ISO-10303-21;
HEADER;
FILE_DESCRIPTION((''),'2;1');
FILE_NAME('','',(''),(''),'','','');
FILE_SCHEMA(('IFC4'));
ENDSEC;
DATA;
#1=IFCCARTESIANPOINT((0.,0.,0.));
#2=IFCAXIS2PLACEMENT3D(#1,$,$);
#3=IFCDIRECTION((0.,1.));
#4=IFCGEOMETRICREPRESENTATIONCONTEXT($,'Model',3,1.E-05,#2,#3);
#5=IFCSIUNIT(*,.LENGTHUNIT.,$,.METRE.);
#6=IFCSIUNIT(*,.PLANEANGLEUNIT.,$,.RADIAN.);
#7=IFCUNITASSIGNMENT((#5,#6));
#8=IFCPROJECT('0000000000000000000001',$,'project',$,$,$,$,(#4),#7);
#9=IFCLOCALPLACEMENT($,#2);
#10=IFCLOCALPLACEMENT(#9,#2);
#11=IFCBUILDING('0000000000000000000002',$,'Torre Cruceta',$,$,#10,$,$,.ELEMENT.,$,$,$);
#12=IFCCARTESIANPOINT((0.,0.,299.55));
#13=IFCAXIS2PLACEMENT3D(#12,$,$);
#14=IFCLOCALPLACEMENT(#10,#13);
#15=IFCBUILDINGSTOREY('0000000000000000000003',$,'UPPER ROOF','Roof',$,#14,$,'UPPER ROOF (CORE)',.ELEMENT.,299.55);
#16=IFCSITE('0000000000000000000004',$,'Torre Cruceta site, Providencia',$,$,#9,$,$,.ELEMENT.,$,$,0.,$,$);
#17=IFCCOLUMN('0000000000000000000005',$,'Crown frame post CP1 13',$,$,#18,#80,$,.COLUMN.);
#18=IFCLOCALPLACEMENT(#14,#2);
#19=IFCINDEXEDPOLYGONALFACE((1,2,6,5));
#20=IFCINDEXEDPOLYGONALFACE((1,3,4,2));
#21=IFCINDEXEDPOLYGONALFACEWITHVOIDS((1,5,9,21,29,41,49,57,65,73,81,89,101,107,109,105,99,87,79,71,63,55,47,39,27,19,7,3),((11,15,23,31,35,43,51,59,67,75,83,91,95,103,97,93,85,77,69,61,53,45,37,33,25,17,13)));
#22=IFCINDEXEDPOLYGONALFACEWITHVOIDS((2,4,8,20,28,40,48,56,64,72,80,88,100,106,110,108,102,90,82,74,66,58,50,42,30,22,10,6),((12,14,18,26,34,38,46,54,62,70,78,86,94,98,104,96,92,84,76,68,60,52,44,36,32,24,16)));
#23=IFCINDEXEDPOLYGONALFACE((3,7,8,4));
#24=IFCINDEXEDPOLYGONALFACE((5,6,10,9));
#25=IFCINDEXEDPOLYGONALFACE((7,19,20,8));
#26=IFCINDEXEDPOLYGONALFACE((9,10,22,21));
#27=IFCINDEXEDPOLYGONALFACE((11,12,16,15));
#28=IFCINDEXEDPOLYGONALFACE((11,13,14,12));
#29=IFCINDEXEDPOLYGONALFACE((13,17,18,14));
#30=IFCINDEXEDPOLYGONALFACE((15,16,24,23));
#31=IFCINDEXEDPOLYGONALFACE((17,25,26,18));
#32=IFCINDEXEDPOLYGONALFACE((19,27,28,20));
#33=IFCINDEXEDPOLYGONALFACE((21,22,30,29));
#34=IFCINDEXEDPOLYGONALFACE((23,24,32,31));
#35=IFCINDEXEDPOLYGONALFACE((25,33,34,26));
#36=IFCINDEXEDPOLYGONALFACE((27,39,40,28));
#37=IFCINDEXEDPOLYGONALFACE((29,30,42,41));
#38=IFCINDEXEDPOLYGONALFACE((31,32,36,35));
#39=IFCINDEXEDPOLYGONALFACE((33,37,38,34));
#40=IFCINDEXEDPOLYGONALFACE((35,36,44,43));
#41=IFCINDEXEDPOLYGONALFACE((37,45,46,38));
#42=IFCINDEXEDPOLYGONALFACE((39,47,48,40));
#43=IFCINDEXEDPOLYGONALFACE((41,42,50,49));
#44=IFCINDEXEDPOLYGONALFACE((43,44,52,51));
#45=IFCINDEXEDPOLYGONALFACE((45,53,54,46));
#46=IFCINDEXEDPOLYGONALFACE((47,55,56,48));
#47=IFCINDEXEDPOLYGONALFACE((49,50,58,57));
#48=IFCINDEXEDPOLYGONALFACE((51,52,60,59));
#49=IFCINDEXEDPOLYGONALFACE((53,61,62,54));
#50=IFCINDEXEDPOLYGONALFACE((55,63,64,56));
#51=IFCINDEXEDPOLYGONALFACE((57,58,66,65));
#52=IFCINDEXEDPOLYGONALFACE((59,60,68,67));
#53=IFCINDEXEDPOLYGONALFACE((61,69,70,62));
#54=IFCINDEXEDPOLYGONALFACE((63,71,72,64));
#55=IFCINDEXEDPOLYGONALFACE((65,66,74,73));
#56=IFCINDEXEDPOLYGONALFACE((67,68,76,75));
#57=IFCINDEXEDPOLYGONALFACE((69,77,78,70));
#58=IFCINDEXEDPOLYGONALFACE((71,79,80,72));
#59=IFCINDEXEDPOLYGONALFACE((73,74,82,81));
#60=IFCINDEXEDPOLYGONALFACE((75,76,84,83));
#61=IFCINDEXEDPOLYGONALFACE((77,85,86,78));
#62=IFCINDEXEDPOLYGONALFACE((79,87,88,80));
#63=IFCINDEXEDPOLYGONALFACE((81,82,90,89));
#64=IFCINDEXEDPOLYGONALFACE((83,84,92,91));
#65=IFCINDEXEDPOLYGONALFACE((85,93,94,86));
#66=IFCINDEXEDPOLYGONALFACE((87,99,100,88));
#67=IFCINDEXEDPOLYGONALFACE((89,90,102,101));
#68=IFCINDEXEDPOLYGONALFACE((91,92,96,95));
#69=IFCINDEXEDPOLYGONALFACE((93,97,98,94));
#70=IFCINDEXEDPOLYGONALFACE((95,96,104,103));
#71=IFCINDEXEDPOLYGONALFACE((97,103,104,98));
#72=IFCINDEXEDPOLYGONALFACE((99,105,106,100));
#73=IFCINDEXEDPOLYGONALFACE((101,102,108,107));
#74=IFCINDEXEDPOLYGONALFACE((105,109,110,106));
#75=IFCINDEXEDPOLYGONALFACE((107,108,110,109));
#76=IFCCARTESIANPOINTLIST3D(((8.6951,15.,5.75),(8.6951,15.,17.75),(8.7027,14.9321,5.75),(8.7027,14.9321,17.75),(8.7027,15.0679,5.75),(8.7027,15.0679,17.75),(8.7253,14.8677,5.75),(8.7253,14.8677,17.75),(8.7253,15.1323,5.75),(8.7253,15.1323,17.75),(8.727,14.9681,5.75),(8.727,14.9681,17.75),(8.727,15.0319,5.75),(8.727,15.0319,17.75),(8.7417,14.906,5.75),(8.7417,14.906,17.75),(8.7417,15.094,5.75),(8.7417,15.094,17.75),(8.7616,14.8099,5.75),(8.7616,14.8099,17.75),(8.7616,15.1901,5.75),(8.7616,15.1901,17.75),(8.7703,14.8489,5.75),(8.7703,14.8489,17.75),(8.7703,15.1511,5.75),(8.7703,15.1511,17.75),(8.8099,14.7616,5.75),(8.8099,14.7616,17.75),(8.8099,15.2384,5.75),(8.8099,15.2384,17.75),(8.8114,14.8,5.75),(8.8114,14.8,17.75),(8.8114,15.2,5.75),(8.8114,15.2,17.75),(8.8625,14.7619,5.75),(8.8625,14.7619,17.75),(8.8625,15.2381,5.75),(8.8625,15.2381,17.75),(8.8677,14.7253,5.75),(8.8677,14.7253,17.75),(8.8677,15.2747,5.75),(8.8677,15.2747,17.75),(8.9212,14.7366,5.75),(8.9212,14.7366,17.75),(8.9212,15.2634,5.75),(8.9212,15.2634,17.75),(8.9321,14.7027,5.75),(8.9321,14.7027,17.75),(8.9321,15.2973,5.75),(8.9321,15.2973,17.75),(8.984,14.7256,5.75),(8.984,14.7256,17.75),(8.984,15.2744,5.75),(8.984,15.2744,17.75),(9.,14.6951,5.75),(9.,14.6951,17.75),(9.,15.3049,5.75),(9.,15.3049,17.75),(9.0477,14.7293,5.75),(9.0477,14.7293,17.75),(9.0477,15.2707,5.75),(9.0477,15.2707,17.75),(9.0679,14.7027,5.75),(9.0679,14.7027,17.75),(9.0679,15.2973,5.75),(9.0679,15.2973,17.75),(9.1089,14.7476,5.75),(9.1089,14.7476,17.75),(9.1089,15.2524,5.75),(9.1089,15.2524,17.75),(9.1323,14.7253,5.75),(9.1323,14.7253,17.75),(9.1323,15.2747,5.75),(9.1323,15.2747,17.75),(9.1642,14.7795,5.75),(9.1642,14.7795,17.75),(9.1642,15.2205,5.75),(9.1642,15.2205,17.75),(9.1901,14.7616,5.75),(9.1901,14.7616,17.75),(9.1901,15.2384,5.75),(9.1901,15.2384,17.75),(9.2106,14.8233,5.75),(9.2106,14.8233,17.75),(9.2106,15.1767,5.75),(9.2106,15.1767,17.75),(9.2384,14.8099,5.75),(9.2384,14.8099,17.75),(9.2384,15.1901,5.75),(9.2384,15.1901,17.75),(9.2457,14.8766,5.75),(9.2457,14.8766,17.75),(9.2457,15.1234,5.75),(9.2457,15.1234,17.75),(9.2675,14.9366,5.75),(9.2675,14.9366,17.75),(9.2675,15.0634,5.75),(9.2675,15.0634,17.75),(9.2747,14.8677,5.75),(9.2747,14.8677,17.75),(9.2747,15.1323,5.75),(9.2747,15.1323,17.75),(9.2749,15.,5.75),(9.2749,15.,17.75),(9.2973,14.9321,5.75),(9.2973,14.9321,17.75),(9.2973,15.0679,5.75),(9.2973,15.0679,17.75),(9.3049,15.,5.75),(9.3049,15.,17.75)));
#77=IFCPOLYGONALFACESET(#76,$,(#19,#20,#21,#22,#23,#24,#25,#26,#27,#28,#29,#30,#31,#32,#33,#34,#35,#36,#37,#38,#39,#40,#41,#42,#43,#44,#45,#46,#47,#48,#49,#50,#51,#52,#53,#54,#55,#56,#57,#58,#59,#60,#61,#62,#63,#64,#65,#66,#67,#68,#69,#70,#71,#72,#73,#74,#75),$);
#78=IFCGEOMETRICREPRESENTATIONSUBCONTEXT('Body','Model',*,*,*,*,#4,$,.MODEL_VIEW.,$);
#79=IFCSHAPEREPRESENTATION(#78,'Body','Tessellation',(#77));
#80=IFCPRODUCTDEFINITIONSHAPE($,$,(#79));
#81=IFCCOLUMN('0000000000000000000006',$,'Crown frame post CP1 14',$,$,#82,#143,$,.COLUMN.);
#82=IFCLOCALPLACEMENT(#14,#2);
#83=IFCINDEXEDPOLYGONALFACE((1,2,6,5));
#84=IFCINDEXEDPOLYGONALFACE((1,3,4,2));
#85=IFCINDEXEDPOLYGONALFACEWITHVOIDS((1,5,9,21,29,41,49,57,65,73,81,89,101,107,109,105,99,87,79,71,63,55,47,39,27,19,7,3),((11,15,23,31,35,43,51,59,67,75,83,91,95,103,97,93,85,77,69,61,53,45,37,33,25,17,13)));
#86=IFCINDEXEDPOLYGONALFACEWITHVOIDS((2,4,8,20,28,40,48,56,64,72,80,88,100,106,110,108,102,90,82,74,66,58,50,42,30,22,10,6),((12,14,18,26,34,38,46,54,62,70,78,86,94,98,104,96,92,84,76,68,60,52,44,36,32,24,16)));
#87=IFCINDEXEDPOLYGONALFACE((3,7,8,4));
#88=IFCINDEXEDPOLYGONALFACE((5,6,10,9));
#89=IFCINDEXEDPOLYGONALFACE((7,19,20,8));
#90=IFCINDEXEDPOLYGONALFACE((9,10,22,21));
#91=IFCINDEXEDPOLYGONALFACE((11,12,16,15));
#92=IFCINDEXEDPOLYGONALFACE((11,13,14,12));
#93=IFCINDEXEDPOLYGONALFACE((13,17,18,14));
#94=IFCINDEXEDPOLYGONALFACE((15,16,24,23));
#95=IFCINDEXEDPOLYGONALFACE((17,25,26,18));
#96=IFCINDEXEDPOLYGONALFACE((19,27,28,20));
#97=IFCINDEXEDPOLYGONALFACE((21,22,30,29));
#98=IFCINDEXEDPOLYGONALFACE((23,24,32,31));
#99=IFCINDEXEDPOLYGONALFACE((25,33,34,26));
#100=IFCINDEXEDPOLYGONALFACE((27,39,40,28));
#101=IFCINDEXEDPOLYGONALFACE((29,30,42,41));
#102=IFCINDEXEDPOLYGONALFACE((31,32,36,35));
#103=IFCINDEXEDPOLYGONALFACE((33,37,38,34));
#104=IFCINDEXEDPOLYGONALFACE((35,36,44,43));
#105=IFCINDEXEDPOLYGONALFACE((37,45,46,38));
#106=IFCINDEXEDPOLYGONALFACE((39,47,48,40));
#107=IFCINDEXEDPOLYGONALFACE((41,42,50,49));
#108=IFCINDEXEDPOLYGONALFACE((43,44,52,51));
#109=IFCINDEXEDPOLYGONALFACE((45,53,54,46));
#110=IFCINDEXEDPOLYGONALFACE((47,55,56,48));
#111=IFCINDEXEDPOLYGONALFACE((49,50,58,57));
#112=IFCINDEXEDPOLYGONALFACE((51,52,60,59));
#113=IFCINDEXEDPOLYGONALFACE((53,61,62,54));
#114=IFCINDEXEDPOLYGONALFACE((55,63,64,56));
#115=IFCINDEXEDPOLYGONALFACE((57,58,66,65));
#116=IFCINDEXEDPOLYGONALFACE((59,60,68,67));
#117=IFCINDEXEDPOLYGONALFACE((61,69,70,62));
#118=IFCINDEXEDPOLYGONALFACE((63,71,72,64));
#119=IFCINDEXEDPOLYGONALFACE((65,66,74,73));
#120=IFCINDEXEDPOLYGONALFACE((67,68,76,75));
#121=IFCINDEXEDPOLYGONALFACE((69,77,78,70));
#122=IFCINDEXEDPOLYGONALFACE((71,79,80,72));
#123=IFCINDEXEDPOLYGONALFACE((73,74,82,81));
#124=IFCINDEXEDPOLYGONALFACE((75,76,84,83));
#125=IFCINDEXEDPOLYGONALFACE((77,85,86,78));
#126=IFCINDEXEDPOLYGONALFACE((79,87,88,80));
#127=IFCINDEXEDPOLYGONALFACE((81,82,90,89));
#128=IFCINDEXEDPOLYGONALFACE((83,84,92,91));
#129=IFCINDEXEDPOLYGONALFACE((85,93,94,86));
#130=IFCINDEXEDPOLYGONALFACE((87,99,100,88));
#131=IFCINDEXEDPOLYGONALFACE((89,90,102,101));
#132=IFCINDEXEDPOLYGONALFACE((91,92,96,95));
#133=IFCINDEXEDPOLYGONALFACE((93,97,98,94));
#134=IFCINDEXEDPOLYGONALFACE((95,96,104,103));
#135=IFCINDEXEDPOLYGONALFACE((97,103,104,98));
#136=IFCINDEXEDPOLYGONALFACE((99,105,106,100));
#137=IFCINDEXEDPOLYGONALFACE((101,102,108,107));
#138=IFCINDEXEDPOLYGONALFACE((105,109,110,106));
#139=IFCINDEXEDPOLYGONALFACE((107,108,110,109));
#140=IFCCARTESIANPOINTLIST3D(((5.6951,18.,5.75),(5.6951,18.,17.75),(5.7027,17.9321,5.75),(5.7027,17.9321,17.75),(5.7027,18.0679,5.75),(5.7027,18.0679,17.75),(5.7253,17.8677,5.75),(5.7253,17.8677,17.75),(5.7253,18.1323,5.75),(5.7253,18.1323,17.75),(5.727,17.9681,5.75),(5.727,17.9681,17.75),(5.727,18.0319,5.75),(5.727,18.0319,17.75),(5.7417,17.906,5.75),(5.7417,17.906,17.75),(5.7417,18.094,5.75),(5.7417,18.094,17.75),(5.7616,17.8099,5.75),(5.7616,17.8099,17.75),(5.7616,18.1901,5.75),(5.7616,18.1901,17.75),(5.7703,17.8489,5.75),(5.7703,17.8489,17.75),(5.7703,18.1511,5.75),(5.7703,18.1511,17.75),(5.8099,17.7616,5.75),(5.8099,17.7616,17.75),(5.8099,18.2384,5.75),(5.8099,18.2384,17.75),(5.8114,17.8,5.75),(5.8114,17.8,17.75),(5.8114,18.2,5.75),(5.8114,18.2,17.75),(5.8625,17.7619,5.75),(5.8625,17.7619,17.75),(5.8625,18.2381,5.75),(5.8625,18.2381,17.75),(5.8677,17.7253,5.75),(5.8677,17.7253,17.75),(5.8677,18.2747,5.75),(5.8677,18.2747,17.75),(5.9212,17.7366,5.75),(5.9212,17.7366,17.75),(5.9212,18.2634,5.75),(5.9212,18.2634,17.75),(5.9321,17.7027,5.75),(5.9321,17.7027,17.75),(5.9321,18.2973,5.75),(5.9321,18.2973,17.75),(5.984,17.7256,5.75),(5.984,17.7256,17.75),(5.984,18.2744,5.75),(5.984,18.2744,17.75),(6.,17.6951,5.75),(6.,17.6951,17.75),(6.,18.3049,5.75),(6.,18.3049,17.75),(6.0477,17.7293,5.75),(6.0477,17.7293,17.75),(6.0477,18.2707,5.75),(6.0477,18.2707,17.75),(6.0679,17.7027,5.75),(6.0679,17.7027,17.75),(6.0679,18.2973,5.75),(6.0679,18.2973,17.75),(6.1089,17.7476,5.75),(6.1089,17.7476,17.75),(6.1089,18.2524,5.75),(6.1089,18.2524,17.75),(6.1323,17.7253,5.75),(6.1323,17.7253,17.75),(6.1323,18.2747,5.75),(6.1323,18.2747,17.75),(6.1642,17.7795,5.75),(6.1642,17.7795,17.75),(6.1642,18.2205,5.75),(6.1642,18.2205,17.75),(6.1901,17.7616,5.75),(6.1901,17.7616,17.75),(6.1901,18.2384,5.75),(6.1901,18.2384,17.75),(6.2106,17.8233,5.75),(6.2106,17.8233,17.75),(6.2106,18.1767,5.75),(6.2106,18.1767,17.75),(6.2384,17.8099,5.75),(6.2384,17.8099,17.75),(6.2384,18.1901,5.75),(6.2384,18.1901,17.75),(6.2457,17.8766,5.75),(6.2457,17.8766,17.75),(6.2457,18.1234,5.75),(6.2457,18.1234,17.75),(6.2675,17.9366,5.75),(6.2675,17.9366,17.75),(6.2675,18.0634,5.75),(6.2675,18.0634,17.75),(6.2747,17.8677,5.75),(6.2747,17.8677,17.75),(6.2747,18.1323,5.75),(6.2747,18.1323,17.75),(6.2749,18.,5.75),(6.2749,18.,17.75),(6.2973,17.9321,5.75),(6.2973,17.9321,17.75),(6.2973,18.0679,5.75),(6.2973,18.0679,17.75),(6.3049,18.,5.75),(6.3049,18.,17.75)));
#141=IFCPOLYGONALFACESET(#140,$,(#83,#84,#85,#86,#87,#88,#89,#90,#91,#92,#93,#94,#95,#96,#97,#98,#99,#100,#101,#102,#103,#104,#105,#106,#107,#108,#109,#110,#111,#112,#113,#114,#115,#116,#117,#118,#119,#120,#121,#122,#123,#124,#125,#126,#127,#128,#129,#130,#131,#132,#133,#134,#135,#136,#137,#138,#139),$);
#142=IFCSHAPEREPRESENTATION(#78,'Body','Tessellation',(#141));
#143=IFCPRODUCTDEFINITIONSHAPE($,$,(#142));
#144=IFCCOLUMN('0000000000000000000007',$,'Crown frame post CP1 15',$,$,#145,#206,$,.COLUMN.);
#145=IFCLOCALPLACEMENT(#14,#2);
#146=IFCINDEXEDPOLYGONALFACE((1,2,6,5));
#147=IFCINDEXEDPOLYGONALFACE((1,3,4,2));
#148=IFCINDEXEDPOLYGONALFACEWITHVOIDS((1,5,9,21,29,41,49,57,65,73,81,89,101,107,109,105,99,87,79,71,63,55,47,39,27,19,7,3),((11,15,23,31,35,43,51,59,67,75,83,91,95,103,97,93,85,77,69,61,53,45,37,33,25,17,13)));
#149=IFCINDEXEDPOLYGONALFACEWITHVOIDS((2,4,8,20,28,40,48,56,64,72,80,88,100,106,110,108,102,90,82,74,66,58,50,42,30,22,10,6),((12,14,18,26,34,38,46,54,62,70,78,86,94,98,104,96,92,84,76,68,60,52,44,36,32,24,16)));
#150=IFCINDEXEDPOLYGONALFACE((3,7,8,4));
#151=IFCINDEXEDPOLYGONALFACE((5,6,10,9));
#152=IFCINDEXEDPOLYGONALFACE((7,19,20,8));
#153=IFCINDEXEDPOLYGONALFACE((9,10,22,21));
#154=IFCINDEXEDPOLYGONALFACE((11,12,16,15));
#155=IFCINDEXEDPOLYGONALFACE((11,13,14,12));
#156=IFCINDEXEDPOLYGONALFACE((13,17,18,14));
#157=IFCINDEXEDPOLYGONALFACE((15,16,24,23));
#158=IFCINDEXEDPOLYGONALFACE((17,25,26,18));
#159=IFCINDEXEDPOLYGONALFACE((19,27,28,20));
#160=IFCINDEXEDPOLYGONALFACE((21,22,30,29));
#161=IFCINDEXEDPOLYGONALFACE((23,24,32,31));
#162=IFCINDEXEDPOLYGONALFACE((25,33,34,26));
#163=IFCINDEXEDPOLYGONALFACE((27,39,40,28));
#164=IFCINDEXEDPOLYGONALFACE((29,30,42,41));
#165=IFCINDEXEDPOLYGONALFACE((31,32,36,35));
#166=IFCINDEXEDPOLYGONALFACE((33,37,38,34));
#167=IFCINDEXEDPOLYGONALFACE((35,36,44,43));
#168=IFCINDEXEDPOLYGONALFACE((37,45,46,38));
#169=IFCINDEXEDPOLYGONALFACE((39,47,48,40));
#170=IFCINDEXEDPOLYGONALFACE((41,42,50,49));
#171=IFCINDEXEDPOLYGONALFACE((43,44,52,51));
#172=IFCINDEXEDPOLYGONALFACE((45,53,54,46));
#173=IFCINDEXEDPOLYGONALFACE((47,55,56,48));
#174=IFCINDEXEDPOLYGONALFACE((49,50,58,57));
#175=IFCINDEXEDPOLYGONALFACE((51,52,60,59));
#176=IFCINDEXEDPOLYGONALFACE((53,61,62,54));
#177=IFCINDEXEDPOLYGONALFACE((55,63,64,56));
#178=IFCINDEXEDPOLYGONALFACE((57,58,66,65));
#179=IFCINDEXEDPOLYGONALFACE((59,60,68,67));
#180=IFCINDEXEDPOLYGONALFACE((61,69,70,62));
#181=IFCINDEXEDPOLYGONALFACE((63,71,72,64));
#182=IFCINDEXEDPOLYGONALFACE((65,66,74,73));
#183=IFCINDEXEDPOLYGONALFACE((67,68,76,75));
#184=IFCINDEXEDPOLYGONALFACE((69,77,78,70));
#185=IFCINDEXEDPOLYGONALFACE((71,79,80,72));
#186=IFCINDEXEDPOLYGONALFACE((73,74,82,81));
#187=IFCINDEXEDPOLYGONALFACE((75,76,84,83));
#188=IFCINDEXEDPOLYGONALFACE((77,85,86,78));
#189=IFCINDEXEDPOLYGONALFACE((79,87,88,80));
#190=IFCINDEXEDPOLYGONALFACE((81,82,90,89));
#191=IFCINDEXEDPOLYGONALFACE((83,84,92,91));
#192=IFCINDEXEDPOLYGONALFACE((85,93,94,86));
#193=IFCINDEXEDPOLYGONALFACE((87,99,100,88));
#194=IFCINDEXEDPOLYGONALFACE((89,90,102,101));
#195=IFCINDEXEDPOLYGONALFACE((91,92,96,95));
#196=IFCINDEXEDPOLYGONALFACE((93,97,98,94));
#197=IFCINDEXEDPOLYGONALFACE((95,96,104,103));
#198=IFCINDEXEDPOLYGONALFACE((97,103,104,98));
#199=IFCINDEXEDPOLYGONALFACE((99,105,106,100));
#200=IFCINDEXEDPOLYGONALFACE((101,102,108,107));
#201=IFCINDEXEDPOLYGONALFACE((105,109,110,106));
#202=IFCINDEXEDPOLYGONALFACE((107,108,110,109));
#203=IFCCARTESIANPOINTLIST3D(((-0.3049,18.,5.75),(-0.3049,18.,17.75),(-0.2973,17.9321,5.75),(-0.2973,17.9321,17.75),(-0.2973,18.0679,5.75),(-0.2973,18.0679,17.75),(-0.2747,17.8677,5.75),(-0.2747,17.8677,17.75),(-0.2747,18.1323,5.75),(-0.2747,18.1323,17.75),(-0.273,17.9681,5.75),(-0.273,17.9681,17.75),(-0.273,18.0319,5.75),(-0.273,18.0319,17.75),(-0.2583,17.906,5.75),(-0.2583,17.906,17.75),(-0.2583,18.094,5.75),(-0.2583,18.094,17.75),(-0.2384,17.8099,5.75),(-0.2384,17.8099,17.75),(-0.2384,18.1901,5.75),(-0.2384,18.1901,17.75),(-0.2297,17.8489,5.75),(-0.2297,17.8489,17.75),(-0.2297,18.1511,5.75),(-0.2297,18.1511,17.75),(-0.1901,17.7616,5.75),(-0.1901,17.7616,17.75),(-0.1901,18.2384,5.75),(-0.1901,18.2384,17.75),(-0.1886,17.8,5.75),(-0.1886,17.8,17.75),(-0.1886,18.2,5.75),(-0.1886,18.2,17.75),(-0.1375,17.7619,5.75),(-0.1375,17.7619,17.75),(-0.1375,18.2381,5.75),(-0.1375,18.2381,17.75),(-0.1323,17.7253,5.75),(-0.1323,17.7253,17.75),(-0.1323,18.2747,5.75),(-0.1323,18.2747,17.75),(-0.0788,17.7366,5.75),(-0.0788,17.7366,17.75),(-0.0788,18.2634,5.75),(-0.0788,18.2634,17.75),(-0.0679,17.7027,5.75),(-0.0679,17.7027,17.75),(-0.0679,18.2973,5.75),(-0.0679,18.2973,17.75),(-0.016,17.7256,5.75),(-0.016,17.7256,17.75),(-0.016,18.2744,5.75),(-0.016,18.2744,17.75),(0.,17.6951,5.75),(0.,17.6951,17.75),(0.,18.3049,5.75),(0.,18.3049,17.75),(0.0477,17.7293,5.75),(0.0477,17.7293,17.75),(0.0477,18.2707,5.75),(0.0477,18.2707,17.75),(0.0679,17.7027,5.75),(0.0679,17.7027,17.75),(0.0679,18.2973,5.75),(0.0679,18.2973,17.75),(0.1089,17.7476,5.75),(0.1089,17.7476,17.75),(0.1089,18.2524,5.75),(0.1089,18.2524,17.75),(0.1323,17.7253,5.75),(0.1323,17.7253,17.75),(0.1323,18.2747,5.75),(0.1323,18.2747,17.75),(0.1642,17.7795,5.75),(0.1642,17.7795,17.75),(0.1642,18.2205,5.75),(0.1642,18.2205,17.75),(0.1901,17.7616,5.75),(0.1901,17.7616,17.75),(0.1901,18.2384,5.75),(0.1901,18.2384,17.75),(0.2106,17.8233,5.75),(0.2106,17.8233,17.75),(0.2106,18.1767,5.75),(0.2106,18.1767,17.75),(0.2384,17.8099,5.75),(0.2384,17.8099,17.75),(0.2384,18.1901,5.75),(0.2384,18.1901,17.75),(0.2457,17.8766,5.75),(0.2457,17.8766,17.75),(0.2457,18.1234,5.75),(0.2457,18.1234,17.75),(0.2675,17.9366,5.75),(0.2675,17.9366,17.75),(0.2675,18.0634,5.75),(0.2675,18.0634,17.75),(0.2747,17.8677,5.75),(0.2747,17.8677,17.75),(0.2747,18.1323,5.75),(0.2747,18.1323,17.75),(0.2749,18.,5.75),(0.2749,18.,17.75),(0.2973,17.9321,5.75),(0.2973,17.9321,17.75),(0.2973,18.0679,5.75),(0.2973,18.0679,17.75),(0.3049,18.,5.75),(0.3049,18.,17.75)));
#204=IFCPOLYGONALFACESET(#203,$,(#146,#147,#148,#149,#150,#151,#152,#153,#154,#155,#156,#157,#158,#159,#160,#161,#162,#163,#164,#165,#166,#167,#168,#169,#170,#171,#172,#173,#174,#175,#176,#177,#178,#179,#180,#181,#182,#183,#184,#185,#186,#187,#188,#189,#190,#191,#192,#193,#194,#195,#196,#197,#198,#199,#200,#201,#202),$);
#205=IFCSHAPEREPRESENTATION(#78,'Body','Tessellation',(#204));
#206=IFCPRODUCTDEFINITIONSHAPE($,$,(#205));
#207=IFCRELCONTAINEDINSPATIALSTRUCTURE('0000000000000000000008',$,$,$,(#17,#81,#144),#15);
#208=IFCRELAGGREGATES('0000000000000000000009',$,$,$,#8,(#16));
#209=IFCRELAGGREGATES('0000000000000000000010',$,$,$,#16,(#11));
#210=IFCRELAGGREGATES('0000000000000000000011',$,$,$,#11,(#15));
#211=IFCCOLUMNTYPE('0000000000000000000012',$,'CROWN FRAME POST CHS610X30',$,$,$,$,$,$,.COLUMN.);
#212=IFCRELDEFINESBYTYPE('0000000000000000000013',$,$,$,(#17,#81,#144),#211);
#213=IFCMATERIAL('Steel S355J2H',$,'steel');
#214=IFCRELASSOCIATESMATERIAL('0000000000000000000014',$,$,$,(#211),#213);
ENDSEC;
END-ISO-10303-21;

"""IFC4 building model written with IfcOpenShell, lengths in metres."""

from ifc_helpers import new_model, si_unit, direction, frame, origin, origin_2d, place, context, subcontext, project, spatial, hollow_circle, extrude, material, material_profile, profile_set, type_object, element, save


model = new_model("IFC4")

# Units and contexts
model_context = context("Model", 3, precision=1e-05, world=origin(), true_north=direction((0.0, 1.0)))
body_context = subcontext(model_context, "Body", "Model", "MODEL_VIEW")
ifc_project = project(units=[si_unit("LENGTHUNIT", "METRE"), si_unit("PLANEANGLEUNIT", "RADIAN")], contexts=[model_context])

# Site, building, storey
site_placement = place(None, origin())
site = spatial("IfcSite", under=ifc_project, at=site_placement, Name="Torre Cruceta site, Providencia", CompositionType="ELEMENT", RefElevation=0.0)
building_placement = place(site_placement, origin())
building = spatial("IfcBuilding", under=site, at=building_placement, Name="Torre Cruceta", CompositionType="ELEMENT")
storey_placement = place(building_placement, frame((0.0, 0.0, 299.55)))
storey = spatial("IfcBuildingStorey", under=building, at=storey_placement, Name="UPPER ROOF", Description="Roof", LongName="UPPER ROOF (CORE)", CompositionType="ELEMENT", Elevation=299.55)

# Columns
ifc_material_1 = material(Name="Steel S355J2H", Category="steel")
ifc_material_profile_1 = material_profile(ifc_material_1, hollow_circle(Radius=0.3049, WallThickness=0.03, at=origin_2d()), Name="CHS610X30")
ifc_profile_set_1 = profile_set([ifc_material_profile_1], Name="Steel S355J2H")
column_type_1 = type_object("IfcColumnType", Name="CROWN FRAME POST CHS610X30", PredefinedType="COLUMN", material=ifc_profile_set_1)
for number, where, z_axis, x_axis, name in (
    (1, (9.0, 15.0, 5.75), (0.0, 0.0, 1.0), (1.0, 0.0, 0.0), "Crown frame post CP1 13"),
    (2, (6.0, 18.0, 5.75), (0.0, 0.0, 1.0), (1.0, 0.0, 0.0), "Crown frame post CP1 14"),
    (3, (0.0, 18.0, 5.75), (0.0, 0.0, 1.0), (1.0, 0.0, 0.0), "Crown frame post CP1 15"),
):
    element("IfcColumn", number, at=place(storey_placement, frame(where, z_axis=z_axis, x_axis=x_axis)), inside=storey, type_object=column_type_1, Name=name, PredefinedType="COLUMN", context=body_context, shape_type="SweptSolid", body=[
        extrude(hollow_circle(Radius=0.3049, WallThickness=0.03, at=origin_2d()), origin(), (0.0, 0.0, 1.0), 12.0),
    ])

save(model, "model.ifc")
